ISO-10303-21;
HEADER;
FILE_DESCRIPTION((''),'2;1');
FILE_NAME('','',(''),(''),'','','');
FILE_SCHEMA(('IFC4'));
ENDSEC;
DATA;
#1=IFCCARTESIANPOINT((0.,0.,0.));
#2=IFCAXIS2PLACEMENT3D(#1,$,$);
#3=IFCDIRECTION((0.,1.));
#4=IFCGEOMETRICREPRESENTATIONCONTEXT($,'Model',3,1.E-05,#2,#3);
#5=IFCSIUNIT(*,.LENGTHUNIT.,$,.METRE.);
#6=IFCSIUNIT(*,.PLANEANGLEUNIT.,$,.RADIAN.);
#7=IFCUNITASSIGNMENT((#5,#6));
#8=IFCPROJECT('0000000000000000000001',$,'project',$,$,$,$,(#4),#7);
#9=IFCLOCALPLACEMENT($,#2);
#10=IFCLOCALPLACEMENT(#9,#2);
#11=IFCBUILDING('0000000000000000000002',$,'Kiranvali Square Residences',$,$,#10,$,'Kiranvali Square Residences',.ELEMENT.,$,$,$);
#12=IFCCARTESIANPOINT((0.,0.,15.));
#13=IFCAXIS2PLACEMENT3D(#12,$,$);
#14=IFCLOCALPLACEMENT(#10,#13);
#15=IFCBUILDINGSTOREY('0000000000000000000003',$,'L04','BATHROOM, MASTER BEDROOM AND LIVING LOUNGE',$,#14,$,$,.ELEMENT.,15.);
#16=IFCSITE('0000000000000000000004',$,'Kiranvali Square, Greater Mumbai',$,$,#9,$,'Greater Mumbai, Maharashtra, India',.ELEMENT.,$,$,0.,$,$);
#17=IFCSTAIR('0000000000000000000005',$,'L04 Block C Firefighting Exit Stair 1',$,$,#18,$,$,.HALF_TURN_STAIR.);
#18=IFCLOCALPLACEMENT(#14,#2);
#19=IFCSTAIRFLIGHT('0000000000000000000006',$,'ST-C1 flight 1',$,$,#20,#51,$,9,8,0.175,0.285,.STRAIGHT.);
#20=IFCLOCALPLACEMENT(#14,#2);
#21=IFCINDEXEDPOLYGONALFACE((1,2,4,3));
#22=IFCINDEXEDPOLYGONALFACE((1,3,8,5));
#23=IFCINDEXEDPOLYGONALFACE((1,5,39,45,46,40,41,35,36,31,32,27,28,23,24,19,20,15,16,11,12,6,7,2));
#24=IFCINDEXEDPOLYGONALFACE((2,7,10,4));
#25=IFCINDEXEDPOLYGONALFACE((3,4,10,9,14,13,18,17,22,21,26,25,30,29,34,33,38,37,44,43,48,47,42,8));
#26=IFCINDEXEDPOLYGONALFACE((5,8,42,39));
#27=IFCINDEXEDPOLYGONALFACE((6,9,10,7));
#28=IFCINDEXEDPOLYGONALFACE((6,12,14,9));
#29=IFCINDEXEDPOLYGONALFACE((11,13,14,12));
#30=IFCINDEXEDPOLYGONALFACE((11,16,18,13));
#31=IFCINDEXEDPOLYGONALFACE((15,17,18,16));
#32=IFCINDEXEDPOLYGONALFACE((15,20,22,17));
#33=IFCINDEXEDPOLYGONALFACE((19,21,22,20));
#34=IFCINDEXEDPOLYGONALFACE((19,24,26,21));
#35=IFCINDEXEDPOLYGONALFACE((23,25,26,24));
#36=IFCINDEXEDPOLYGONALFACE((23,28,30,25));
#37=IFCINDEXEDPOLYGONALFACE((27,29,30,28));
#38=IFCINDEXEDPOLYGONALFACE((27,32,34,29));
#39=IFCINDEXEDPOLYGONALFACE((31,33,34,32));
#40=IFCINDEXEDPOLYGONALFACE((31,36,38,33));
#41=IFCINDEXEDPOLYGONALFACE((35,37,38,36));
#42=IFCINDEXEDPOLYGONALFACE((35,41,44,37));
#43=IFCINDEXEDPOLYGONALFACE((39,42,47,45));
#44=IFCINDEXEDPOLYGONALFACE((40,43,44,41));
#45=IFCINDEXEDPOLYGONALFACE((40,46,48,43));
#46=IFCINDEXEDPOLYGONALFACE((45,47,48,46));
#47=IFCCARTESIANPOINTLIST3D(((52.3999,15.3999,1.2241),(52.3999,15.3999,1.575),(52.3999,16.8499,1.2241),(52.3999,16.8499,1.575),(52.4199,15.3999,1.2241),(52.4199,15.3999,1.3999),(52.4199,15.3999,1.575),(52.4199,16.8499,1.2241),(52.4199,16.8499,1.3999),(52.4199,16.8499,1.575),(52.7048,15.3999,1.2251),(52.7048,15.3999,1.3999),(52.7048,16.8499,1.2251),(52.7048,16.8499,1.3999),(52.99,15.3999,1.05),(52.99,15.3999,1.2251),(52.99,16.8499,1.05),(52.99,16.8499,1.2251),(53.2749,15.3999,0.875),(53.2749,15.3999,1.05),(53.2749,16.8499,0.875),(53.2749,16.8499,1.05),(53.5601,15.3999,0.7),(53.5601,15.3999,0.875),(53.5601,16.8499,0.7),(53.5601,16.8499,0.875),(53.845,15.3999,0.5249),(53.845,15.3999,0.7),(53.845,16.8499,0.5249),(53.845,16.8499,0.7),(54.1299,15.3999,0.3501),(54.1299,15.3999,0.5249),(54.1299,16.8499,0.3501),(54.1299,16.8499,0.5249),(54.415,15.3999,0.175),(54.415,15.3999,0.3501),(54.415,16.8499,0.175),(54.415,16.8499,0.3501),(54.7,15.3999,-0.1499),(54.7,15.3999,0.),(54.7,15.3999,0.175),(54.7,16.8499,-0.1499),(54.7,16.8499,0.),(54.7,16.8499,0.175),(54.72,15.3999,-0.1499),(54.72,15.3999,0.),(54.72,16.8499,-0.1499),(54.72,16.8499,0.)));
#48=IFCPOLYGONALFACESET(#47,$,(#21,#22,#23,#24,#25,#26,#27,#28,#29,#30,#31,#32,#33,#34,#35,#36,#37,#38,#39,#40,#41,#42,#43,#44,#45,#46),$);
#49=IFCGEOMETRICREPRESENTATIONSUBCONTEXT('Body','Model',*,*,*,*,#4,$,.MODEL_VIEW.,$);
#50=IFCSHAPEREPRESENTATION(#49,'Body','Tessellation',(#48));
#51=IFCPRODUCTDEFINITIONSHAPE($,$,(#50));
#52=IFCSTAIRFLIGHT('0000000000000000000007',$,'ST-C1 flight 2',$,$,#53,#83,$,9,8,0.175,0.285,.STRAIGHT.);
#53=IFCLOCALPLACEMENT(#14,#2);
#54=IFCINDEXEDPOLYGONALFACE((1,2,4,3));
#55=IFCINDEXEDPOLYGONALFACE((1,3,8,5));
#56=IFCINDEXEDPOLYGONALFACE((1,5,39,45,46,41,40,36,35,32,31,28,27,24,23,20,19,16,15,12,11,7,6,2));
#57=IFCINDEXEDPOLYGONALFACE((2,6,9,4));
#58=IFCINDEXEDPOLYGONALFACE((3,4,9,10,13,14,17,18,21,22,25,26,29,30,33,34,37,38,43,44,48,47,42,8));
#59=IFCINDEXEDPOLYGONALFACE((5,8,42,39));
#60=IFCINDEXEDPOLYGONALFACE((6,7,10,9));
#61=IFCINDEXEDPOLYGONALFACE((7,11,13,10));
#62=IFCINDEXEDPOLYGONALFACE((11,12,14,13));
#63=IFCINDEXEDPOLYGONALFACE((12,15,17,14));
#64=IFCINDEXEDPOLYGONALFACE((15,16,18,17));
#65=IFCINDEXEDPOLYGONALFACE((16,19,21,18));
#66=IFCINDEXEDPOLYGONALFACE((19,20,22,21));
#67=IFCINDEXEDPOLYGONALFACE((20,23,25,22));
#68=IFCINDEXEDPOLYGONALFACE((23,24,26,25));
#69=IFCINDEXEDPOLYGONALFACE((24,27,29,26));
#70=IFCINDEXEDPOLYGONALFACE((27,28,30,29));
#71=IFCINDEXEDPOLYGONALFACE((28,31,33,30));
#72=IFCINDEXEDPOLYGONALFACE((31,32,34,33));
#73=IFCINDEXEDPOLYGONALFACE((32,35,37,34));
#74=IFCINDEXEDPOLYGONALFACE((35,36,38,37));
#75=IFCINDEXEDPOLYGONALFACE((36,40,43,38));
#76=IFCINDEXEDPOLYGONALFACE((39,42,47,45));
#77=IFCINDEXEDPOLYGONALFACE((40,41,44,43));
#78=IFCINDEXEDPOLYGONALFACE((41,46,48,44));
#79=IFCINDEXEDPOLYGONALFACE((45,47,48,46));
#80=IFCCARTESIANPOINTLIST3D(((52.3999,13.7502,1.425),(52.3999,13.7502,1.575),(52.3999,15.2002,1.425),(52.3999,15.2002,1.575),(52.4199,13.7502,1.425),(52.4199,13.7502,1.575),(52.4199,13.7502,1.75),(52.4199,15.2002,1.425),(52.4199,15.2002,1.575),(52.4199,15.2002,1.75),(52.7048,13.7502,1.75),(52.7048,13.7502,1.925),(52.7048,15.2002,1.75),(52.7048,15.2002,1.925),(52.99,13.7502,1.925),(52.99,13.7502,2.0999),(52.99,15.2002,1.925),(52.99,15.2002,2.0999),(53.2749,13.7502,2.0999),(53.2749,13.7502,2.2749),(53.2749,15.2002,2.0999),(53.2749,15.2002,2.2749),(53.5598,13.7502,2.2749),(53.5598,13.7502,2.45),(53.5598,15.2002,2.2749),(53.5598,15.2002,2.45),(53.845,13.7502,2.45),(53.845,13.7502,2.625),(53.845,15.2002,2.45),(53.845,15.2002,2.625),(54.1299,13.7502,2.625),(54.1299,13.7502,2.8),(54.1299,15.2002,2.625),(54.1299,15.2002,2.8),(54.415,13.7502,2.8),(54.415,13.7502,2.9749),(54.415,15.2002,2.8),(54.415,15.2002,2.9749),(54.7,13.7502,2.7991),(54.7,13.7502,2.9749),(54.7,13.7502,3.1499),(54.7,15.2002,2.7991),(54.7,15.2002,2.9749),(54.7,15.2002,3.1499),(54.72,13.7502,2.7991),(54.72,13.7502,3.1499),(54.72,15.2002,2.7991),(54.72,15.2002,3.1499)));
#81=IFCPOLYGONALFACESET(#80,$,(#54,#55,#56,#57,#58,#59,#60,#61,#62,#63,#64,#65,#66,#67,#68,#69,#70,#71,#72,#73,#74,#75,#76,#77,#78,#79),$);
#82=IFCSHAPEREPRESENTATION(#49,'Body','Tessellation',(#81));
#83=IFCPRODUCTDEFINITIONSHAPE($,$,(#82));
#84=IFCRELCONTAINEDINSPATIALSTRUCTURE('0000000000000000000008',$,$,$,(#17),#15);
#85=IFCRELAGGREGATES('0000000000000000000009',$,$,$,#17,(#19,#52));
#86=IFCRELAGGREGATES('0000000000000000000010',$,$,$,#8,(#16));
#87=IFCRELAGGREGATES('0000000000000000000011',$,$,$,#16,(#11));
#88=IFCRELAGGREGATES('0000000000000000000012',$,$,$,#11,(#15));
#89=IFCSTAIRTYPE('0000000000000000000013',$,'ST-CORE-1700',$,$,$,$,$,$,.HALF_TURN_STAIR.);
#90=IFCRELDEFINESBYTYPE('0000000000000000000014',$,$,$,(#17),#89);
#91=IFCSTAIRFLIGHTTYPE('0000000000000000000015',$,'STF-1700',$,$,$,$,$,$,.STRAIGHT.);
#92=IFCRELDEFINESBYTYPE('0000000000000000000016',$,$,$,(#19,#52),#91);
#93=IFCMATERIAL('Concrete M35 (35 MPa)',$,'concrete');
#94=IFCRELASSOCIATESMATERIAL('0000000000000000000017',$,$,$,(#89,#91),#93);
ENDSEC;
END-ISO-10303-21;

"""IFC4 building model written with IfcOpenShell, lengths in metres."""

from ifc_helpers import new_model, si_unit, direction, frame, origin, place, context, subcontext, project, spatial, polyline, outline, extrude, material, type_object, element, aggregate, save


model = new_model("IFC4")

# Units and contexts
model_context = context("Model", 3, precision=1e-05, world=origin(), true_north=direction((0.0, 1.0)))
body_context = subcontext(model_context, "Body", "Model", "MODEL_VIEW")
ifc_project = project(units=[si_unit("LENGTHUNIT", "METRE"), si_unit("PLANEANGLEUNIT", "RADIAN")], contexts=[model_context])

# Site, building, storey
site_placement = place(None, origin())
site = spatial("IfcSite", under=ifc_project, at=site_placement, Name="Kiranvali Square, Greater Mumbai", LongName="Greater Mumbai, Maharashtra, India", CompositionType="ELEMENT", RefElevation=0.0)
building_placement = place(site_placement, origin())
building = spatial("IfcBuilding", under=site, at=building_placement, Name="Kiranvali Square Residences", LongName="Kiranvali Square Residences", CompositionType="ELEMENT")
storey_placement = place(building_placement, frame((0.0, 0.0, 15.0)))
storey = spatial("IfcBuildingStorey", under=building, at=storey_placement, Name="L04", Description="BATHROOM, MASTER BEDROOM AND LIVING LOUNGE", CompositionType="ELEMENT", Elevation=15.0)

# Stair, stair flights
ifc_material_1 = material(Name="Concrete M35 (35 MPa)", Category="concrete")
stair_type = type_object("IfcStairType", Name="ST-CORE-1700", PredefinedType="HALF_TURN_STAIR", material=ifc_material_1)
stair_placement = place(storey_placement, origin())
stair = element("IfcStair", 1, at=stair_placement, inside=storey, type_object=stair_type, Name="L04 Block C Firefighting Exit Stair 1", PredefinedType="HALF_TURN_STAIR")
stair_flight_type = type_object("IfcStairFlightType", Name="STF-1700", PredefinedType="STRAIGHT", material=ifc_material_1)
stair_flight_1_placement = place(storey_placement, frame((54.7, 16.125, 0.0), z_axis=(0.0, 0.0, 1.0), x_axis=(-1.0, 0.0, 0.0)))
stair_flight_1 = element("IfcStairFlight", 2, at=stair_flight_1_placement, type_object=stair_flight_type, Name="ST-C1 flight 1", NumberOfRisers=9, NumberOfTreads=8, PredefinedType="STRAIGHT", RiserHeight=0.175, TreadLength=0.285, context=body_context, shape_type="SweptSolid", body=[
    extrude(outline(polyline([(-0.02, -0.1499), (-0.02, 0.0), (0.0, 0.0), (0.0, 0.175), (0.2849, 0.175), (0.2849, 0.3501), (0.5701, 0.3501), (0.5701, 0.5249), (0.855, 0.5249), (0.855, 0.7), (1.1399, 0.7), (1.1399, 0.875), (1.425, 0.875), (1.425, 1.05), (1.71, 1.05), (1.71, 1.2251), (1.9951, 1.2251), (1.9951, 1.3999), (2.28, 1.3999), (2.28, 1.575), (2.3, 1.575), (2.3, 1.2241), (2.28, 1.2241), (0.0, -0.1499), (-0.02, -0.1499)])), frame((0.0, 0.7251, 0.0), z_axis=(0.0, -1.0, 0.0), x_axis=(1.0, 0.0, 0.0)), (0.0, 0.0, 1.0), 1.45),
])
stair_flight_2_placement = place(storey_placement, frame((52.4199, 14.4751, 1.575), z_axis=(0.0, 0.0, 1.0), x_axis=(1.0, 0.0, 0.0)))
stair_flight_2 = element("IfcStairFlight", 3, at=stair_flight_2_placement, type_object=stair_flight_type, Name="ST-C1 flight 2", NumberOfRisers=9, NumberOfTreads=8, PredefinedType="STRAIGHT", RiserHeight=0.175, TreadLength=0.285, context=body_context, shape_type="SweptSolid", body=[
    extrude(outline(polyline([(-0.02, -0.1499), (-0.02, 0.0), (0.0, 0.0), (0.0, 0.175), (0.2849, 0.175), (0.2849, 0.3501), (0.5701, 0.3501), (0.5701, 0.5249), (0.855, 0.5249), (0.855, 0.7), (1.1399, 0.7), (1.1399, 0.875), (1.425, 0.875), (1.425, 1.05), (1.71, 1.05), (1.71, 1.2251), (1.9951, 1.2251), (1.9951, 1.3999), (2.28, 1.3999), (2.28, 1.575), (2.3, 1.575), (2.3, 1.2241), (2.28, 1.2241), (0.0, -0.1499), (-0.02, -0.1499)])), frame((0.0, 0.7251, 0.0), z_axis=(0.0, -1.0, 0.0), x_axis=(1.0, 0.0, 0.0)), (0.0, 0.0, 1.0), 1.45),
])
aggregate(stair, [stair_flight_1, stair_flight_2])

save(model, "model.ifc")
